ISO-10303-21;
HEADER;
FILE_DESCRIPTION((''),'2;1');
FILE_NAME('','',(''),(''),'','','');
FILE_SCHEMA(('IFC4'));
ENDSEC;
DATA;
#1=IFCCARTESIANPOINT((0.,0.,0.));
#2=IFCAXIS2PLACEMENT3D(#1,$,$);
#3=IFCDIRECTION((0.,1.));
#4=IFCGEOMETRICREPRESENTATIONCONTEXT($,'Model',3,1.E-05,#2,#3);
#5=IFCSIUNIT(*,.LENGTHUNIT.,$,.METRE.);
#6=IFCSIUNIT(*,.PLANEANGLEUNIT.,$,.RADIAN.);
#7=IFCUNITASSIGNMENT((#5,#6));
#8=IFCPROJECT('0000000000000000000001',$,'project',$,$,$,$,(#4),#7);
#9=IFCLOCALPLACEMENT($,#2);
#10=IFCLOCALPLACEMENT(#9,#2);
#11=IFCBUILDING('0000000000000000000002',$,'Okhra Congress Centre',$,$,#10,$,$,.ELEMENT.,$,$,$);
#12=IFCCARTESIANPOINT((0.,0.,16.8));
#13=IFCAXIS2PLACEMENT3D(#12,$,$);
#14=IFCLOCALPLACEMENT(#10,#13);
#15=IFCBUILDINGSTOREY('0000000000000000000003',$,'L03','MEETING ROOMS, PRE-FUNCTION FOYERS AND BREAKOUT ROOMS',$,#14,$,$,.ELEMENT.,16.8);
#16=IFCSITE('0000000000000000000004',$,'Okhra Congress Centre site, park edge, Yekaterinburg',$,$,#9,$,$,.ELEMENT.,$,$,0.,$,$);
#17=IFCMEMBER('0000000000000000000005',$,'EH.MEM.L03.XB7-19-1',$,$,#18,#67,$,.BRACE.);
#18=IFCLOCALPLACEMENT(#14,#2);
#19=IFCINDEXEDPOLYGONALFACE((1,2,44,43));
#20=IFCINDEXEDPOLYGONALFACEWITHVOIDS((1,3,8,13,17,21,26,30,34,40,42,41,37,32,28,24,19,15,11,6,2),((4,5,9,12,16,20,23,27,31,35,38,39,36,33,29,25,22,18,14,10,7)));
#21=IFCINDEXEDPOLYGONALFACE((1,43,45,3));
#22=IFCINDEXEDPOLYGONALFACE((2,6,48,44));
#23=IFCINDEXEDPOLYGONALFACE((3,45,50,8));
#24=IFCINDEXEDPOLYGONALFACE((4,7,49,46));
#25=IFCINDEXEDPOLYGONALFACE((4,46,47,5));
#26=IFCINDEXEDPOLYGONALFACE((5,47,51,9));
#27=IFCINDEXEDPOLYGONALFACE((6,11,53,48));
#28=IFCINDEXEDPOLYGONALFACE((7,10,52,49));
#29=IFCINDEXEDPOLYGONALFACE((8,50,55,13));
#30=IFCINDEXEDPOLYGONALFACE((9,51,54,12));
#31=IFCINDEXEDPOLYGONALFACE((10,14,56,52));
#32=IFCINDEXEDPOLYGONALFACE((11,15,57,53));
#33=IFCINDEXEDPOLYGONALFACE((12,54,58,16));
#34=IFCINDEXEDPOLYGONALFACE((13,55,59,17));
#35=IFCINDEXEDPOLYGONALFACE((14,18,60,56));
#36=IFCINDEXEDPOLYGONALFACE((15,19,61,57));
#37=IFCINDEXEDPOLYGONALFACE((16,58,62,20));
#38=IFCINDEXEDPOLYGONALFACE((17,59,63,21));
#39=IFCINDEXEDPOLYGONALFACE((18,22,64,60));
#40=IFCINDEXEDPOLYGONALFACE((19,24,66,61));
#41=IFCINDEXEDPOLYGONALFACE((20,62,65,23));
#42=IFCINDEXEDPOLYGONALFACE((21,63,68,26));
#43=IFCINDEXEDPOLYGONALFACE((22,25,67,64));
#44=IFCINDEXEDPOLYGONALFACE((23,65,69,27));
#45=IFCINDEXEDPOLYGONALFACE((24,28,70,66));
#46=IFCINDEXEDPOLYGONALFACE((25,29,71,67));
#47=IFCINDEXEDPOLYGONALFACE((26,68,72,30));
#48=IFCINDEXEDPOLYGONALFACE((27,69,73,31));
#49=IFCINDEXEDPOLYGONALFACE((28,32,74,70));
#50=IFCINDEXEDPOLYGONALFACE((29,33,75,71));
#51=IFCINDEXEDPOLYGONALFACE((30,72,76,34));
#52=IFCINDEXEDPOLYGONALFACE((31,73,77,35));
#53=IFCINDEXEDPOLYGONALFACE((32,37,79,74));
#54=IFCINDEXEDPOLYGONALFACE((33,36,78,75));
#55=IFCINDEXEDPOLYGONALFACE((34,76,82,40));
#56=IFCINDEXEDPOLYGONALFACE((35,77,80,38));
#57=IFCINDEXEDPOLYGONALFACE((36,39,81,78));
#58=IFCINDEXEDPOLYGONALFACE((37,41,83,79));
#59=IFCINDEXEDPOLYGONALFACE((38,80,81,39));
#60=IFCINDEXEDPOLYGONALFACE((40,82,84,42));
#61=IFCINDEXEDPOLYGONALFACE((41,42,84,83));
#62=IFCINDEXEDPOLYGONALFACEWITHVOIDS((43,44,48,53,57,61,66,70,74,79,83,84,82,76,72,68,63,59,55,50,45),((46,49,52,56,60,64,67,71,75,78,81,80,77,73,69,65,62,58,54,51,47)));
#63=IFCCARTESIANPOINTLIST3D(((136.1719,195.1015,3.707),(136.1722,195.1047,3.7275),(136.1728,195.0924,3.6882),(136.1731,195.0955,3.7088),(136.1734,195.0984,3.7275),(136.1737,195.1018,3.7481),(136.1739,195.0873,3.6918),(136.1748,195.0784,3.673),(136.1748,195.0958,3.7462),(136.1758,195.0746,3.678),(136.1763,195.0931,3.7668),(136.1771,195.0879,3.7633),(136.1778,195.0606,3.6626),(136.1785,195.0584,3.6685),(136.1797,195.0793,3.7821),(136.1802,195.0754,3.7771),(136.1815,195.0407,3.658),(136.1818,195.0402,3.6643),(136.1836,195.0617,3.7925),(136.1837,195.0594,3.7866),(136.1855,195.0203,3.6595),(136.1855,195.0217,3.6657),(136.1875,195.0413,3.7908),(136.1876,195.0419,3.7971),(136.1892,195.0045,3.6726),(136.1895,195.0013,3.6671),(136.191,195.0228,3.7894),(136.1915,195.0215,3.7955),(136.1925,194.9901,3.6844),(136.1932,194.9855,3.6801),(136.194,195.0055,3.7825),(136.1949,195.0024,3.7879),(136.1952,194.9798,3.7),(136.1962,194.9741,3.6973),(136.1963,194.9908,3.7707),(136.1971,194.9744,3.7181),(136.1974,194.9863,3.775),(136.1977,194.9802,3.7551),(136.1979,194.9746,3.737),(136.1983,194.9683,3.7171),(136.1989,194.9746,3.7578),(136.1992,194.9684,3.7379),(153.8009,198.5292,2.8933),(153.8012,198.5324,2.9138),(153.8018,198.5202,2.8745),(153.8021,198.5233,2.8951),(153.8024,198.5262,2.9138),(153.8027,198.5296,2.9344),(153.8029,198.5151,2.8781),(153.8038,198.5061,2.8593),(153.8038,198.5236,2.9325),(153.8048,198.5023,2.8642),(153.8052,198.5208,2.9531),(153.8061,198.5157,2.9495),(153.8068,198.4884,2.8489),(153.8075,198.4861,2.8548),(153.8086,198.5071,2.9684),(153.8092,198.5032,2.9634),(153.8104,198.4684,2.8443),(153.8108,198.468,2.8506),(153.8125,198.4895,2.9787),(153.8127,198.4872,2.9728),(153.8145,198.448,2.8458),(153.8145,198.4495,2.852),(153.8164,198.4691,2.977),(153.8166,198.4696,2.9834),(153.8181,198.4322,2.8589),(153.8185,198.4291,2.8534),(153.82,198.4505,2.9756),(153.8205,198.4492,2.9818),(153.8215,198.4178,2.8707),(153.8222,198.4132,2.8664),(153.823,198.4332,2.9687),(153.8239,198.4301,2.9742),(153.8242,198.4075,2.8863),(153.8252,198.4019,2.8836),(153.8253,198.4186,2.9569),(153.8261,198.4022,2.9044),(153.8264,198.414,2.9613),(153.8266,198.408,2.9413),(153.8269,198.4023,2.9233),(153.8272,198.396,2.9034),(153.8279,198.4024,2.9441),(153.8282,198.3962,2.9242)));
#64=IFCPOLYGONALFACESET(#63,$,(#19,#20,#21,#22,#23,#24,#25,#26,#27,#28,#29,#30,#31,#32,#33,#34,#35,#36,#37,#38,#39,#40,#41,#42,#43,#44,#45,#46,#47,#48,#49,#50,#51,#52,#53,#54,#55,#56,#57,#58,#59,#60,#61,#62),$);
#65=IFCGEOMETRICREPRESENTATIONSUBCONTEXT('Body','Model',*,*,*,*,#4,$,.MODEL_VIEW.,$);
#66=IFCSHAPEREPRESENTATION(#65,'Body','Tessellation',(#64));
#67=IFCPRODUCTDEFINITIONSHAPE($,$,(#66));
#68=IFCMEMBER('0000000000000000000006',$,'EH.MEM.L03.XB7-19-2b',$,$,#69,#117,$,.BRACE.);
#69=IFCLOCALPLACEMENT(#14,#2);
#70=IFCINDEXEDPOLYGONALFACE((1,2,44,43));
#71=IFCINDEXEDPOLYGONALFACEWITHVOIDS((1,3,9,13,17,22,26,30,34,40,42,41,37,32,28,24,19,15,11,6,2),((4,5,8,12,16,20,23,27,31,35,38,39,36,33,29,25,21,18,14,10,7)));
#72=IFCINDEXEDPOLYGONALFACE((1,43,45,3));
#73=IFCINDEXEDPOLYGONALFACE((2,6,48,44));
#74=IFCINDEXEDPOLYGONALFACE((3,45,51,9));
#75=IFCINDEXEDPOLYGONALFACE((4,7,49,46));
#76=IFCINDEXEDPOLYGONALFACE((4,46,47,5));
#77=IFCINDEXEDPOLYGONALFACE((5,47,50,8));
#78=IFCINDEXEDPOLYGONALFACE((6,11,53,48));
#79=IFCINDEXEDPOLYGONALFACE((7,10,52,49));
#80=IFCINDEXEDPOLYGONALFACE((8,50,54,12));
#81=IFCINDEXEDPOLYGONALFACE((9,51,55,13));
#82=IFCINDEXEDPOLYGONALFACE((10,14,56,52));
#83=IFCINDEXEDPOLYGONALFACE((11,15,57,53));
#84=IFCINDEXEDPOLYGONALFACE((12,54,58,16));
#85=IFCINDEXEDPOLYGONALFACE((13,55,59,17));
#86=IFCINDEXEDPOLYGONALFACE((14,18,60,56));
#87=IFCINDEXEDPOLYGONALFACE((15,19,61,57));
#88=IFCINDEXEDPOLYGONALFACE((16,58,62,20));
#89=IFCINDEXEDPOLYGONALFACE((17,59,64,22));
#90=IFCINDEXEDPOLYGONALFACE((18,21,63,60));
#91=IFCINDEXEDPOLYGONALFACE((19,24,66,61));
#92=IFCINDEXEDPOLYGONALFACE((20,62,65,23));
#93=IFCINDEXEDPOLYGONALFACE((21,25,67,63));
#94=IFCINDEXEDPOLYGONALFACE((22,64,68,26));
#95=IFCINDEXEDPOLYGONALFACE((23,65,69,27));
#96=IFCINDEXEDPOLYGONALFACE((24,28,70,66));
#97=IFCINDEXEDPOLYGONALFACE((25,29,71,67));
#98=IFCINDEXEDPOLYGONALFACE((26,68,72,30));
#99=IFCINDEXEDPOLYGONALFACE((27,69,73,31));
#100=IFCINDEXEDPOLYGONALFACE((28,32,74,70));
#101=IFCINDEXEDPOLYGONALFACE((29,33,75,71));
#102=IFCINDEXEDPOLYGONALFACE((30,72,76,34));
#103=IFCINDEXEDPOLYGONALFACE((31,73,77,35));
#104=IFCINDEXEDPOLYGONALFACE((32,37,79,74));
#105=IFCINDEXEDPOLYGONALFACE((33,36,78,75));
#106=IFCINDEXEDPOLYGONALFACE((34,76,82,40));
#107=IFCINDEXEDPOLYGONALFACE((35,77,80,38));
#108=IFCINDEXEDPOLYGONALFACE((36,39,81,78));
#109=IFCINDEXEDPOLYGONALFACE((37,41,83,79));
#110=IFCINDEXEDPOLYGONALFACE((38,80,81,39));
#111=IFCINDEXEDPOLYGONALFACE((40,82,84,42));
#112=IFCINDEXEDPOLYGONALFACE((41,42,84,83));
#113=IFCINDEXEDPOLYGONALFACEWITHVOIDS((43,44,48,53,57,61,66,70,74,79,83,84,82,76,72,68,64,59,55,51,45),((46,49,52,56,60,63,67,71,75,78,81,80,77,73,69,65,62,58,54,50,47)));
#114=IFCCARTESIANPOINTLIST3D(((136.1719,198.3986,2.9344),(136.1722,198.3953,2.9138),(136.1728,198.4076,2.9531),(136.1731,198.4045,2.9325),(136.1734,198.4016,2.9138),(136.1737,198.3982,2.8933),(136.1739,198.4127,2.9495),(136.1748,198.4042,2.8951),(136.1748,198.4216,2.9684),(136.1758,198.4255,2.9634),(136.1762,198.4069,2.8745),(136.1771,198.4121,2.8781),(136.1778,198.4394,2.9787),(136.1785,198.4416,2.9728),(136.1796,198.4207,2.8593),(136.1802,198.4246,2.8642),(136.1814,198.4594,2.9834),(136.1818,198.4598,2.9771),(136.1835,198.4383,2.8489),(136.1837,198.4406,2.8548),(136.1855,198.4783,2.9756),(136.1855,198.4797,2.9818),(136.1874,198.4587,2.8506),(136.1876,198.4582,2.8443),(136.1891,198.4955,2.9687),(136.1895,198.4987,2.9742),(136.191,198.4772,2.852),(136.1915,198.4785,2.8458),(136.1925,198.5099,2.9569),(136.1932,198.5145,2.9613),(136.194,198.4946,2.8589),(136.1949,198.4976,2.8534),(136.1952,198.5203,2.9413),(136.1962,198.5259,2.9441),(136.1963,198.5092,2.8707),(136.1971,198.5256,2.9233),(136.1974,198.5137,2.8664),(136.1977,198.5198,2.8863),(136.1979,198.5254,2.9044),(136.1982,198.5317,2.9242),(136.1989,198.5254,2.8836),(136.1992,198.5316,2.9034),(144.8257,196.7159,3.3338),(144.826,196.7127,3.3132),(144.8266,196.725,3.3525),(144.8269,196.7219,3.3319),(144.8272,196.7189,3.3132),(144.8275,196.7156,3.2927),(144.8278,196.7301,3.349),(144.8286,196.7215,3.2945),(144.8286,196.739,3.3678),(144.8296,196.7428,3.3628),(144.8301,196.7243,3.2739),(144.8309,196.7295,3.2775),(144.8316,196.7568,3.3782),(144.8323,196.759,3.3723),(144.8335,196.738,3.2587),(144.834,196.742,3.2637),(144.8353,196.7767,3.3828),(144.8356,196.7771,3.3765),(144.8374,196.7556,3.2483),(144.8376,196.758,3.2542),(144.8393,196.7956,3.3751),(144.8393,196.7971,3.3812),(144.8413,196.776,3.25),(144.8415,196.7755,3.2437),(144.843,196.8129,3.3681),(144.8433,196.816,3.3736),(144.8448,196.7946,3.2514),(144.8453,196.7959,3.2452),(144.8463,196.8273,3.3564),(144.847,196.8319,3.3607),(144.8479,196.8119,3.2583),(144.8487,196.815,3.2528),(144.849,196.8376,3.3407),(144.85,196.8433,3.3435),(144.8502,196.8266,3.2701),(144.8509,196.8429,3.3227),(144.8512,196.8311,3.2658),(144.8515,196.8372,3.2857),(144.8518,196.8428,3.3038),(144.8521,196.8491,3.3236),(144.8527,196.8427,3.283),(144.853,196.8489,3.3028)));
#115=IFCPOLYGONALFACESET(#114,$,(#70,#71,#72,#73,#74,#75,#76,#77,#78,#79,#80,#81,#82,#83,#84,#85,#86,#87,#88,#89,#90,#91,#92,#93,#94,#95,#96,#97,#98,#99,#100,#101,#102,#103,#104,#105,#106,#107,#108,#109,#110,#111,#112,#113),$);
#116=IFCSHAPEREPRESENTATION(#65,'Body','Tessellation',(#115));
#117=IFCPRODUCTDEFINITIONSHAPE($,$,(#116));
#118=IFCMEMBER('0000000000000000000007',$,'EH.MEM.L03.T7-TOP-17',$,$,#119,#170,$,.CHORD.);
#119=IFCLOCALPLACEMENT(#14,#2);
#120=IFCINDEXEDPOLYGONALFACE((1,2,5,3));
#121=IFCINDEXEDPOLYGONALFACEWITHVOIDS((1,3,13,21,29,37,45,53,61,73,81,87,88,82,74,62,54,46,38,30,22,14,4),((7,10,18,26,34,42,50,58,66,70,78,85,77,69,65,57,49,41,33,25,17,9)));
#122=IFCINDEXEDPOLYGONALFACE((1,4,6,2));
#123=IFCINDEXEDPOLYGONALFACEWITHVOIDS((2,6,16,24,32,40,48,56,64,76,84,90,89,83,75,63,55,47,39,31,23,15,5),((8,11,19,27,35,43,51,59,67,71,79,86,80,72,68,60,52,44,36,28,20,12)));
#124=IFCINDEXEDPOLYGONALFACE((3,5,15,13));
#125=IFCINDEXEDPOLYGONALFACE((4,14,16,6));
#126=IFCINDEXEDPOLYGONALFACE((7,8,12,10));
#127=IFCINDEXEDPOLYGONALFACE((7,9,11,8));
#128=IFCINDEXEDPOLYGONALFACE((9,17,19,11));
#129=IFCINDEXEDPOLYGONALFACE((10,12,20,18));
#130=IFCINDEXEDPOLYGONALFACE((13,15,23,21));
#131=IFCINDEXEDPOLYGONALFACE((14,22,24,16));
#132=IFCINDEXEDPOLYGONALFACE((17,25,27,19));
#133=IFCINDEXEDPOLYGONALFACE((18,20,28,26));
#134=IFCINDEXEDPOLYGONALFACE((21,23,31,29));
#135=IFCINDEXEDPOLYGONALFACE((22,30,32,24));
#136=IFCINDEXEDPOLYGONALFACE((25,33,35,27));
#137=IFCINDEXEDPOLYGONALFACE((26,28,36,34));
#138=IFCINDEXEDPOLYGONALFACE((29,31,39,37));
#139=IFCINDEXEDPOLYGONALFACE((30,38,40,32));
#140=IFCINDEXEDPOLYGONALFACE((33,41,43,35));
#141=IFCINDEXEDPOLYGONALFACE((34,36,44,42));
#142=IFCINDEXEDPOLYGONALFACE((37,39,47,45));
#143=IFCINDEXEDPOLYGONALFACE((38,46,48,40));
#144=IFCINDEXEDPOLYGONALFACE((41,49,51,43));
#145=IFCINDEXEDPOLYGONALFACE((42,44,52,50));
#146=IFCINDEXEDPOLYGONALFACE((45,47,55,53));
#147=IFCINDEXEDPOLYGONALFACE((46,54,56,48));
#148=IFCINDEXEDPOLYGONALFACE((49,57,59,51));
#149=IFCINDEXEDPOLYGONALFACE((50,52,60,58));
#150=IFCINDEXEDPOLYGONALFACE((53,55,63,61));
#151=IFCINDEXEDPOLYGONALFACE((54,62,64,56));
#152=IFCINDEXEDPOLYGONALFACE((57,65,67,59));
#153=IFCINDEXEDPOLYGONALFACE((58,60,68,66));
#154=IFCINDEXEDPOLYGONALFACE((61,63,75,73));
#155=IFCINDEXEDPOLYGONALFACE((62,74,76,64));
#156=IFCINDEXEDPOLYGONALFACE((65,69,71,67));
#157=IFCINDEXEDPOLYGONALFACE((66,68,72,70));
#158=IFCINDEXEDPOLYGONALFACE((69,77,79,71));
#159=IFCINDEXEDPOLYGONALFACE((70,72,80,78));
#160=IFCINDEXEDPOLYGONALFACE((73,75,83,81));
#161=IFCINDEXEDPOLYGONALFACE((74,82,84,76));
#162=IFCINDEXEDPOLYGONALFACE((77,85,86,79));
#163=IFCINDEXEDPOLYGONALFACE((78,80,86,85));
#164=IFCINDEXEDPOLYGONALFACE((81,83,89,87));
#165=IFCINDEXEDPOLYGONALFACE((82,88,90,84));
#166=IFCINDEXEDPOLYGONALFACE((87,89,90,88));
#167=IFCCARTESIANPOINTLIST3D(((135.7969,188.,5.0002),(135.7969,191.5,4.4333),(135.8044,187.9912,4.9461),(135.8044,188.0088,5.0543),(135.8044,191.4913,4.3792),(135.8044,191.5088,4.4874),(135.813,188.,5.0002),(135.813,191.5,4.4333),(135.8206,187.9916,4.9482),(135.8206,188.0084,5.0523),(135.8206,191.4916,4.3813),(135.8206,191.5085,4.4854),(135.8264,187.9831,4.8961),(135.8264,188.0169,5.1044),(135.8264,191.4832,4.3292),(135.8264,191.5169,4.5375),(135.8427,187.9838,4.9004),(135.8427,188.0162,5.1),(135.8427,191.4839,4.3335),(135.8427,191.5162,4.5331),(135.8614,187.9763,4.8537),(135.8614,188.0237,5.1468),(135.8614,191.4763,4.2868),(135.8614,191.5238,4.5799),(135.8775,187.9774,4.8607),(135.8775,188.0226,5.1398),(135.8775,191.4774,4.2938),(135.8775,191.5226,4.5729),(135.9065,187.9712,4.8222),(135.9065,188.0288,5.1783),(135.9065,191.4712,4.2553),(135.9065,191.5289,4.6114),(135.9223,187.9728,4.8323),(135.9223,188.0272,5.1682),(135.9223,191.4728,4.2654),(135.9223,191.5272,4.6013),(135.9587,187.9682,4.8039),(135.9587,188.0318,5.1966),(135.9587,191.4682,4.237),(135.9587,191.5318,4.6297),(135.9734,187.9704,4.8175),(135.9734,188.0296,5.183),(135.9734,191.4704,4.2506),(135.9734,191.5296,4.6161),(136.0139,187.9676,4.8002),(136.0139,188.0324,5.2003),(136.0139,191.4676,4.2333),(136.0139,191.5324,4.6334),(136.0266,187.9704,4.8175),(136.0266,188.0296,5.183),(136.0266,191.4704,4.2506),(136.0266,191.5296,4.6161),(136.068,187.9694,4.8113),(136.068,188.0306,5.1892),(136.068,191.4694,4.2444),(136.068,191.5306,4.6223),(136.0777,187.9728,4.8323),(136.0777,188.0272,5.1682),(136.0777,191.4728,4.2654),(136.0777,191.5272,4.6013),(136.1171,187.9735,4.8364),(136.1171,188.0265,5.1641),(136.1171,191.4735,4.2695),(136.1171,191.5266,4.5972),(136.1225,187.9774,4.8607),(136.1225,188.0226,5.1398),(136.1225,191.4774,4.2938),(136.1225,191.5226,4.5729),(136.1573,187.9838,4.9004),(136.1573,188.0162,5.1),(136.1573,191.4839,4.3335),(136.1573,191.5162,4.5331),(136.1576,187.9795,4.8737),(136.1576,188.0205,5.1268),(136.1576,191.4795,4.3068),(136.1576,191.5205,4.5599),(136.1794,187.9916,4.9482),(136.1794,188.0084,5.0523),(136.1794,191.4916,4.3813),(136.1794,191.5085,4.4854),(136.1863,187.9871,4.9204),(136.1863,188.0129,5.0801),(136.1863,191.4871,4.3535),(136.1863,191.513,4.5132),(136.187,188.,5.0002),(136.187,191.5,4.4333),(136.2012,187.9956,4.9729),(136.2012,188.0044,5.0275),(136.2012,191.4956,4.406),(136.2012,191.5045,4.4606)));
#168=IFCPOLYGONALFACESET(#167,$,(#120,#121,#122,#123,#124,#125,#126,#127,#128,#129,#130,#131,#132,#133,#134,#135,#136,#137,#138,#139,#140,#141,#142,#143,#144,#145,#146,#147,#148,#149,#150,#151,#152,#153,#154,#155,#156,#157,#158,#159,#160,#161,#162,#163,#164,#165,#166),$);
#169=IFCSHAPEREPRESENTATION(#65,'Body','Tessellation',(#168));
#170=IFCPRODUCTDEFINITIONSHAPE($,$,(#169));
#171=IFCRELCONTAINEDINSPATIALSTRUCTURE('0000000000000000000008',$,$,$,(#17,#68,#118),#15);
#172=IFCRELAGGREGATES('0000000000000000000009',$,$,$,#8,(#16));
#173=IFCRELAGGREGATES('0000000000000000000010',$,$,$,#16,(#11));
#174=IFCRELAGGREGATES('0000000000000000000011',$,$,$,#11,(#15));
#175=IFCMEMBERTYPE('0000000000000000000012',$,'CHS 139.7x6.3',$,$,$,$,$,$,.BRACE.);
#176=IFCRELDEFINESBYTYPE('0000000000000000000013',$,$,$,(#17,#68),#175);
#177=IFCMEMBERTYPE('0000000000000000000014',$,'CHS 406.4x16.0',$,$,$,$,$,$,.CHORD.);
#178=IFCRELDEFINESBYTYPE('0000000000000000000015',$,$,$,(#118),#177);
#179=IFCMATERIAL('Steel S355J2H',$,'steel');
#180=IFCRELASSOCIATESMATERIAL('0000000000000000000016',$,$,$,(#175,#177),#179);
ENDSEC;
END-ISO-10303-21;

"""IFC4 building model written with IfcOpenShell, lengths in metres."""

from ifc_helpers import new_model, si_unit, direction, frame, origin, origin_2d, place, context, subcontext, project, spatial, hollow_circle, extrude, material, material_profile, profile_set, type_object, element, save


model = new_model("IFC4")

# Units and contexts
model_context = context("Model", 3, precision=1e-05, world=origin(), true_north=direction((0.0, 1.0)))
body_context = subcontext(model_context, "Body", "Model", "MODEL_VIEW")
ifc_project = project(units=[si_unit("LENGTHUNIT", "METRE"), si_unit("PLANEANGLEUNIT", "RADIAN")], contexts=[model_context])

# Site, building, storey
site_placement = place(None, origin())
site = spatial("IfcSite", under=ifc_project, at=site_placement, Name="Okhra Congress Centre site, park edge, Yekaterinburg", CompositionType="ELEMENT", RefElevation=0.0)
building_placement = place(site_placement, origin())
building = spatial("IfcBuilding", under=site, at=building_placement, Name="Okhra Congress Centre", CompositionType="ELEMENT")
storey_placement = place(building_placement, frame((0.0, 0.0, 16.8)))
storey = spatial("IfcBuildingStorey", under=building, at=storey_placement, Name="L03", Description="MEETING ROOMS, PRE-FUNCTION FOYERS AND BREAKOUT ROOMS", CompositionType="ELEMENT", Elevation=16.8)

# Members
ifc_material_1 = material(Name="Steel S355J2H", Category="steel")
ifc_material_profile_1 = material_profile(ifc_material_1, hollow_circle(Radius=0.0698, WallThickness=0.0063, at=origin_2d()), Name="CHS 139.7x6.3")
ifc_profile_set_1 = profile_set([ifc_material_profile_1], Name="Steel S355J2H")
member_type_1 = type_object("IfcMemberType", Name="CHS 139.7x6.3", PredefinedType="BRACE", material=ifc_profile_set_1)
member_1_placement = place(storey_placement, frame((136.1855, 195.0361, 3.7275), z_axis=(0.98061, 0.190668, -0.045263), x_axis=(-0.190864, 0.981617, 0.0)))
element("IfcMember", 1, at=member_1_placement, inside=storey, type_object=member_type_1, Name="EH.MEM.L03.XB7-19-1", PredefinedType="BRACE", context=body_context, shape_type="SweptSolid", body=[
    extrude(hollow_circle(Radius=0.0698, WallThickness=0.0063, at=origin_2d()), origin(), (0.0, 0.0, 1.0), 17.9775),
])
member_2_placement = place(storey_placement, frame((144.8394, 196.7812, 3.3132), z_axis=(-0.980611, 0.190667, -0.04526), x_axis=(-0.190862, -0.981617, 0.0)))
element("IfcMember", 2, at=member_2_placement, inside=storey, type_object=member_type_1, Name="EH.MEM.L03.XB7-19-2b", PredefinedType="BRACE", context=body_context, shape_type="SweptSolid", body=[
    extrude(hollow_circle(Radius=0.0698, WallThickness=0.0063, at=origin_2d()), origin(), (0.0, 0.0, 1.0), 8.825),
])
ifc_material_profile_2 = material_profile(ifc_material_1, hollow_circle(Radius=0.2031, WallThickness=0.0161, at=origin_2d()), Name="CHS 406.4x16.0")
ifc_profile_set_2 = profile_set([ifc_material_profile_2], Name="Steel S355J2H")
member_type_2 = type_object("IfcMemberType", Name="CHS 406.4x16.0", PredefinedType="CHORD", material=ifc_profile_set_2)
member_3_placement = place(storey_placement, frame((136.0, 188.0, 5.0002), z_axis=(0.0, 0.987135, -0.159886), x_axis=(-1.0, 0.0, 0.0)))
element("IfcMember", 3, at=member_3_placement, inside=storey, type_object=member_type_2, Name="EH.MEM.L03.T7-TOP-17", PredefinedType="CHORD", context=body_context, shape_type="SweptSolid", body=[
    extrude(hollow_circle(Radius=0.2031, WallThickness=0.0161, at=origin_2d()), origin(), (0.0, 0.0, 1.0), 3.5457),
])

save(model, "model.ifc")
